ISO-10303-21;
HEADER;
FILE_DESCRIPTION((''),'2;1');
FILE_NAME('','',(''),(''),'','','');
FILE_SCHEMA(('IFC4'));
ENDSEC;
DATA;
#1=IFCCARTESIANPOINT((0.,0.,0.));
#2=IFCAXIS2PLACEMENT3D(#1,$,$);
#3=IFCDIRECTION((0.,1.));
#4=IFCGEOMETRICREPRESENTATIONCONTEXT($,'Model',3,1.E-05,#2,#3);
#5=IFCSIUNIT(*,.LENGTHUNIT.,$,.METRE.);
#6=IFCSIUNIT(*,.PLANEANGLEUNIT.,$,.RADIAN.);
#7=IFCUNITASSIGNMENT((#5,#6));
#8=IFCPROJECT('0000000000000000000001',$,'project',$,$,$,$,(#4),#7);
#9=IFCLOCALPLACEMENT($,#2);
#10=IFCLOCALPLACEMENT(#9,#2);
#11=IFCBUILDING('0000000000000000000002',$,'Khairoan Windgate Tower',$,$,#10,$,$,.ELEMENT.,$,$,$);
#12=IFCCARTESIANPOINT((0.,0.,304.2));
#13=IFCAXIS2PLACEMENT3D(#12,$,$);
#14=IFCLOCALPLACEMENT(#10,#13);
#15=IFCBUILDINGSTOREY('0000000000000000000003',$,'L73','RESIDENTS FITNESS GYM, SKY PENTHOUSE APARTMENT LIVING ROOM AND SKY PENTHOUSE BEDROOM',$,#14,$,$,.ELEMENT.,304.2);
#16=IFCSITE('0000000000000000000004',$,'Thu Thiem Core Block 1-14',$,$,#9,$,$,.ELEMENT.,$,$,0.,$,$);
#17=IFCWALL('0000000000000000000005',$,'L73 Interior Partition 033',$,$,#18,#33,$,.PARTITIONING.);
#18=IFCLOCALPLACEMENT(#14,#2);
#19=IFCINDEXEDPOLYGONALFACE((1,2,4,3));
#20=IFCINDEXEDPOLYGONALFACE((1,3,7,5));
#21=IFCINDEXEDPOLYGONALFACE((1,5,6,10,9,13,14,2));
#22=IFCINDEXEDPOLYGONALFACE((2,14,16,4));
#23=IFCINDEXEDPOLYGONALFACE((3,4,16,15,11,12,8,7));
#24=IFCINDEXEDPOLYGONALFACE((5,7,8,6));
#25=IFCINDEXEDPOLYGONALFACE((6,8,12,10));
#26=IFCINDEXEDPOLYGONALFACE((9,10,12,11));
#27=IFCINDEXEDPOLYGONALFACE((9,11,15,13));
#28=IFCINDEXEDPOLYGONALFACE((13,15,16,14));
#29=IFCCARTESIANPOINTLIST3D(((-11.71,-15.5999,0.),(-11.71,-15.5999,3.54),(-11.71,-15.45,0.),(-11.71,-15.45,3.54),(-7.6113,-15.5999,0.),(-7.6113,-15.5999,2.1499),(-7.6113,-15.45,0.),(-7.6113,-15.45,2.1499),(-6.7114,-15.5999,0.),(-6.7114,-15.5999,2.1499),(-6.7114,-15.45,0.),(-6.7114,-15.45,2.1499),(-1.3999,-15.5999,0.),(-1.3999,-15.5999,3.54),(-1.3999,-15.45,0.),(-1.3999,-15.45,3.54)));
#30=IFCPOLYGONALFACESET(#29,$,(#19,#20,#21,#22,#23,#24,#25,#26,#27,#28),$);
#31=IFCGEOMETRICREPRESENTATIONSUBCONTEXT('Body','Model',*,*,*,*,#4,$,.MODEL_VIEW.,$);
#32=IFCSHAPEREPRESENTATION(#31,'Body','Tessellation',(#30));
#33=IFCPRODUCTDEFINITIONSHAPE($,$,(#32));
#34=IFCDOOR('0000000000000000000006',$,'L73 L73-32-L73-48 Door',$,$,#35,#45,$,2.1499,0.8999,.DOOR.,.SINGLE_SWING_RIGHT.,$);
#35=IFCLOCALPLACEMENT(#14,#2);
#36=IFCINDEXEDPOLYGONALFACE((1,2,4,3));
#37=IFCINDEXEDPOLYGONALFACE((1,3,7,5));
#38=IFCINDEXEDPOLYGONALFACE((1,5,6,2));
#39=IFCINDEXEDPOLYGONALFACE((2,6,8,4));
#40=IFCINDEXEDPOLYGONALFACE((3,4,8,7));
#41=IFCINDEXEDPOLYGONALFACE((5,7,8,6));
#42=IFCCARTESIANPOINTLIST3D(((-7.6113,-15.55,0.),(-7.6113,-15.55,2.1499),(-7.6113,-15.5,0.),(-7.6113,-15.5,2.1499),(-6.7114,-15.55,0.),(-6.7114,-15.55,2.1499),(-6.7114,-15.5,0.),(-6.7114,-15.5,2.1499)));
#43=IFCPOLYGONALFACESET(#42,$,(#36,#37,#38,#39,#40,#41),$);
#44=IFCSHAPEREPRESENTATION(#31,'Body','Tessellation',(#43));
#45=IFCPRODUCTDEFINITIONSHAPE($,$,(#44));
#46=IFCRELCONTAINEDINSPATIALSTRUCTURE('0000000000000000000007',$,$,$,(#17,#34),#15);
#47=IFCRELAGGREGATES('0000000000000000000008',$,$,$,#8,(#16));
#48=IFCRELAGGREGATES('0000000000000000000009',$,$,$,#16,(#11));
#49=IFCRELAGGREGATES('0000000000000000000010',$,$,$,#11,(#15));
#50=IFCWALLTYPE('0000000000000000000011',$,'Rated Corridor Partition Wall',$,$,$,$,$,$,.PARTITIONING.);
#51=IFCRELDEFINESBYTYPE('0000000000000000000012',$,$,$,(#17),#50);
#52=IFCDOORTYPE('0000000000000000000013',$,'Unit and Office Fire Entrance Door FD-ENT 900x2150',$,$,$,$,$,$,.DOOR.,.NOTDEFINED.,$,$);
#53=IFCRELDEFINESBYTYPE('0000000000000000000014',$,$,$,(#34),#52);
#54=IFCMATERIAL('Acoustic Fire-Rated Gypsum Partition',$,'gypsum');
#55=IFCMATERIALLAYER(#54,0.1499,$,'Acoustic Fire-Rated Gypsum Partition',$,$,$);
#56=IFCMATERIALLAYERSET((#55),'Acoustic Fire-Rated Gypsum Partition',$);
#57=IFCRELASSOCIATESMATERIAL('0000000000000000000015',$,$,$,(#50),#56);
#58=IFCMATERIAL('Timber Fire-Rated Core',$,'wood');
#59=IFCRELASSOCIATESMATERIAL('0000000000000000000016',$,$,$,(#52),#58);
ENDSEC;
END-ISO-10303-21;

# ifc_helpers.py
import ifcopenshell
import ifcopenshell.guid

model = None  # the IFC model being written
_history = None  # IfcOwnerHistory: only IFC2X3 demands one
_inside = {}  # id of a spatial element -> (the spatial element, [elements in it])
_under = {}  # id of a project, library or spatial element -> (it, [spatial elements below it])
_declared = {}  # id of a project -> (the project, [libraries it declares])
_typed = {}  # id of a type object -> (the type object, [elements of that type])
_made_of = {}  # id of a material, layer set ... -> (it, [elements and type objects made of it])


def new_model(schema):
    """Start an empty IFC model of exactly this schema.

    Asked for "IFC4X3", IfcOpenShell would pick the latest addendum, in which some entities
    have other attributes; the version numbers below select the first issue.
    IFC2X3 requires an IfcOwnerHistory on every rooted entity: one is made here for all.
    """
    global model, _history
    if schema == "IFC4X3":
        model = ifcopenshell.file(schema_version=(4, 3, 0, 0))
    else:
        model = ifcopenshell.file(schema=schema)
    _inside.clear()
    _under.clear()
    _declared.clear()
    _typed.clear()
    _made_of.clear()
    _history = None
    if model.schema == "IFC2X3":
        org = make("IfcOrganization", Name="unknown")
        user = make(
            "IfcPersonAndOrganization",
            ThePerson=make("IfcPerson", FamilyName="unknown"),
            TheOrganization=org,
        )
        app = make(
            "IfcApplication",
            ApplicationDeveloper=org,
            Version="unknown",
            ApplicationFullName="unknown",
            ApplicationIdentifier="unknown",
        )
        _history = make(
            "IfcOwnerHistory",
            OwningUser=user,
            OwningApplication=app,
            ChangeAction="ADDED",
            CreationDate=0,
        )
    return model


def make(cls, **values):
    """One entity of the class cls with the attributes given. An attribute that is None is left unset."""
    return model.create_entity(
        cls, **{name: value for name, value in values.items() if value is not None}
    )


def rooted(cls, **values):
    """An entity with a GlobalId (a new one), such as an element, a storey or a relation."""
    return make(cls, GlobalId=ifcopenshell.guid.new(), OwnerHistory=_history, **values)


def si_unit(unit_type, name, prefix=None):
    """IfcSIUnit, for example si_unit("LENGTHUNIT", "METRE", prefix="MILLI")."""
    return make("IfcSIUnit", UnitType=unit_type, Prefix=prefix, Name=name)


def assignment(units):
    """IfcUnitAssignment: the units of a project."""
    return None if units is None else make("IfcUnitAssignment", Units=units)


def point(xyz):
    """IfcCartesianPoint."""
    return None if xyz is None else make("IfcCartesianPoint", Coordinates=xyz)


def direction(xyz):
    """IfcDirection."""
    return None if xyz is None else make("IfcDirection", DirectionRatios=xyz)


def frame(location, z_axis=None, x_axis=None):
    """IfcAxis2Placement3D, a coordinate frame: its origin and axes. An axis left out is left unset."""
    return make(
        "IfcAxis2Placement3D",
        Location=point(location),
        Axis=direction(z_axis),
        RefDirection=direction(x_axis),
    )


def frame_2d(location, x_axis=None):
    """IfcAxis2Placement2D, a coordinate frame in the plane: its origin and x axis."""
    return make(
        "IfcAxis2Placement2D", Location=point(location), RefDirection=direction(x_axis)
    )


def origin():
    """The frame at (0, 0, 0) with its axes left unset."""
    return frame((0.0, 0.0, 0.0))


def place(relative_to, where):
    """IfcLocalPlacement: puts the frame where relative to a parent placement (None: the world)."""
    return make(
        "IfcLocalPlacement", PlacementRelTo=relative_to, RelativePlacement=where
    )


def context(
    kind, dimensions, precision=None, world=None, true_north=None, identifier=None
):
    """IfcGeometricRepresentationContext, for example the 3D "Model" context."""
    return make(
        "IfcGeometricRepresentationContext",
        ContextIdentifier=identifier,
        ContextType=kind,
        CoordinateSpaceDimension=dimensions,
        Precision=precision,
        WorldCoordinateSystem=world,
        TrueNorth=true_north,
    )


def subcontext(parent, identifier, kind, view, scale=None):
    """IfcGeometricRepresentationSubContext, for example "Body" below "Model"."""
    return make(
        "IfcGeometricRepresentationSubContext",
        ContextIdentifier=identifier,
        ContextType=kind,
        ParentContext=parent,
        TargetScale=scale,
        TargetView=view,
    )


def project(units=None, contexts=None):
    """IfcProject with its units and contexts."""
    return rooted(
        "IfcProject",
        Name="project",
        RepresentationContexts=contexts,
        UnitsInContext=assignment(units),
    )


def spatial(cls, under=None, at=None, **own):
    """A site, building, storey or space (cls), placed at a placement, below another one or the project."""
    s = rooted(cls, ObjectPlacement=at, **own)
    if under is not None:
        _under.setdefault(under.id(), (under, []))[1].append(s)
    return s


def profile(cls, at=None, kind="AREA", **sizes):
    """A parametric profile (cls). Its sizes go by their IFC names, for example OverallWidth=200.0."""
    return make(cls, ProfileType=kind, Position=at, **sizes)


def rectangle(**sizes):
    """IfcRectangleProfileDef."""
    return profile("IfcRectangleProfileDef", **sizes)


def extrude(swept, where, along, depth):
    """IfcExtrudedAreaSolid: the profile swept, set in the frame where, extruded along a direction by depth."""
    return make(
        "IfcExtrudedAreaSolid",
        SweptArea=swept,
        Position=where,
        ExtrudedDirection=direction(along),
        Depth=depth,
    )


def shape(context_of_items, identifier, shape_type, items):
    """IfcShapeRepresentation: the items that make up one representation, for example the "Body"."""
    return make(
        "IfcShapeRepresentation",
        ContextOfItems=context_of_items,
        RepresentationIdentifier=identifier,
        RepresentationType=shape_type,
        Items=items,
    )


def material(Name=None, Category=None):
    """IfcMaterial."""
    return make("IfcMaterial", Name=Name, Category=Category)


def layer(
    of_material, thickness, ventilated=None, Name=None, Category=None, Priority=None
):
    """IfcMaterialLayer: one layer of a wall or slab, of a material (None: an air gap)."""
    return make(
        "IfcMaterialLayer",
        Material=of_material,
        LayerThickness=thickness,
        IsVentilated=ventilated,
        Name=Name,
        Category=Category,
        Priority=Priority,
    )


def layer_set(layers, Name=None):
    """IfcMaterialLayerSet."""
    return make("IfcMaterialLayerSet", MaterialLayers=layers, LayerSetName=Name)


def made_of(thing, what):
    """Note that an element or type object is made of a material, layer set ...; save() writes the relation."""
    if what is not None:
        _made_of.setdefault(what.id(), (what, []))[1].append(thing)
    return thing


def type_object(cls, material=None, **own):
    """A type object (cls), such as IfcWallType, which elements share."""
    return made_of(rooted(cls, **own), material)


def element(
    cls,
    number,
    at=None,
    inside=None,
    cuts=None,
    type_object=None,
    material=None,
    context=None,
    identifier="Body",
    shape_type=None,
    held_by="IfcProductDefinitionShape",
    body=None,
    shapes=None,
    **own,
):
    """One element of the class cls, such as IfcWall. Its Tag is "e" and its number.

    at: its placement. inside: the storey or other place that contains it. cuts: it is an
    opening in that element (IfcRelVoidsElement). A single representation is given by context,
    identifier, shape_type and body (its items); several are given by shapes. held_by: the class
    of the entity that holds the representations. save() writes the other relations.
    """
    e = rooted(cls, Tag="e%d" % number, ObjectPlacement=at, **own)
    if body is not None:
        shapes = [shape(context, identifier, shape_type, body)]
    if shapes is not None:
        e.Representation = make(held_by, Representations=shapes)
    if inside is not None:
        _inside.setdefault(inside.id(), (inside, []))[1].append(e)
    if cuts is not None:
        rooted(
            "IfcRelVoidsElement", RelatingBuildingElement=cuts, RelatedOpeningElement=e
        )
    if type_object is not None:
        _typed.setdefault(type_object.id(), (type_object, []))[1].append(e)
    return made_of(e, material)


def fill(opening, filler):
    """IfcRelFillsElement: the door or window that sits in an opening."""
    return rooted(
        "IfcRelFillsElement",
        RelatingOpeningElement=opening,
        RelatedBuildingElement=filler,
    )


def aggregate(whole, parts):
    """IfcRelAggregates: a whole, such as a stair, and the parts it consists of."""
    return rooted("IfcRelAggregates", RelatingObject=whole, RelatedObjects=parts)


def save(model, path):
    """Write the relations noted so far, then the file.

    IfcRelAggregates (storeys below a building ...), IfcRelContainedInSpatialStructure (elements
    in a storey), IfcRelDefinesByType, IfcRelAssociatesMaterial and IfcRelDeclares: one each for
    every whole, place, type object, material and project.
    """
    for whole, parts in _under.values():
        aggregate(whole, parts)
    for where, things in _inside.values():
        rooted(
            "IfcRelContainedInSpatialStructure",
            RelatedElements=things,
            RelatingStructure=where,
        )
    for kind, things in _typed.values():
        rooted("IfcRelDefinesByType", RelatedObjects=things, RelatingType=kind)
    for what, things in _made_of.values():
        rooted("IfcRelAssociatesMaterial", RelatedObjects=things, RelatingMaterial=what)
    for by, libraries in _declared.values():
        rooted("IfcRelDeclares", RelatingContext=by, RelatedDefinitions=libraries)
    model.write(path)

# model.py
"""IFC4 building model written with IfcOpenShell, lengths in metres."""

from ifc_helpers import new_model, si_unit, direction, frame, frame_2d, origin, place, context, subcontext, project, spatial, rectangle, extrude, material, layer, layer_set, type_object, element, fill, save


model = new_model("IFC4")

# Units and contexts
model_context = context("Model", 3, precision=1e-05, world=origin(), true_north=direction((0.0, 1.0)))
body_context = subcontext(model_context, "Body", "Model", "MODEL_VIEW")
ifc_project = project(units=[si_unit("LENGTHUNIT", "METRE"), si_unit("PLANEANGLEUNIT", "RADIAN")], contexts=[model_context])

# Site, building, storey
site_placement = place(None, origin())
site = spatial("IfcSite", under=ifc_project, at=site_placement, Name="Thu Thiem Core Block 1-14", CompositionType="ELEMENT", RefElevation=0.0)
building_placement = place(site_placement, origin())
building = spatial("IfcBuilding", under=site, at=building_placement, Name="Khairoan Windgate Tower", CompositionType="ELEMENT")
storey_placement = place(building_placement, frame((0.0, 0.0, 304.2)))
storey = spatial("IfcBuildingStorey", under=building, at=storey_placement, Name="L73", Description="RESIDENTS FITNESS GYM, SKY PENTHOUSE APARTMENT LIVING ROOM AND SKY PENTHOUSE BEDROOM", CompositionType="ELEMENT", Elevation=304.2)

# Wall, opening, door
ifc_material_1 = material(Name="Acoustic Fire-Rated Gypsum Partition", Category="gypsum")
ifc_layer_1 = layer(ifc_material_1, 0.1499, Name="Acoustic Fire-Rated Gypsum Partition")
ifc_layer_set_1 = layer_set([ifc_layer_1], Name="Acoustic Fire-Rated Gypsum Partition")
wall_type_1 = type_object("IfcWallType", Name="Rated Corridor Partition Wall", PredefinedType="PARTITIONING", material=ifc_layer_set_1)
wall_1_placement = place(storey_placement, frame((-11.71, -15.5249, 0.0), z_axis=(0.0, 0.0, 1.0), x_axis=(1.0, 0.0, 0.0)))
wall_1 = element("IfcWall", 1, at=wall_1_placement, inside=storey, type_object=wall_type_1, Name="L73 Interior Partition 033", PredefinedType="PARTITIONING", context=body_context, shape_type="SweptSolid", body=[
    extrude(rectangle(XDim=10.3101, YDim=0.1499, at=frame_2d((5.155, 0.0))), origin(), (0.0, 0.0, 1.0), 3.54),
])
opening_1_placement = place(wall_1_placement, frame((4.0986, 0.0, 0.0)))
opening_1 = element("IfcOpeningElement", 2, at=opening_1_placement, cuts=wall_1, PredefinedType="OPENING", context=body_context, shape_type="SweptSolid", body=[
    extrude(rectangle(XDim=0.8999, YDim=2.1499, at=frame_2d((0.45, 1.075))), frame((0.0, 0.085, 0.0), z_axis=(0.0, -1.0, 0.0), x_axis=(1.0, 0.0, 0.0)), (0.0, 0.0, 1.0), 0.1699),
])
ifc_material_2 = material(Name="Timber Fire-Rated Core", Category="wood")
door_type_1 = type_object("IfcDoorType", Name="Unit and Office Fire Entrance Door FD-ENT 900x2150", OperationType="NOTDEFINED", PredefinedType="DOOR", material=ifc_material_2)
door_1_placement = place(opening_1_placement, origin())
door_1 = element("IfcDoor", 3, at=door_1_placement, inside=storey, type_object=door_type_1, Name="L73 L73-32-L73-48 Door", OperationType="SINGLE_SWING_RIGHT", OverallHeight=2.1499, OverallWidth=0.8999, PredefinedType="DOOR", context=body_context, shape_type="SweptSolid", body=[
    extrude(rectangle(XDim=0.8999, YDim=2.1499, at=frame_2d((0.45, 1.075))), frame((0.0, 0.0249, 0.0), z_axis=(0.0, -1.0, 0.0), x_axis=(1.0, 0.0, 0.0)), (0.0, 0.0, 1.0), 0.05),
])
fill(opening_1, door_1)

save(model, "model.ifc")
